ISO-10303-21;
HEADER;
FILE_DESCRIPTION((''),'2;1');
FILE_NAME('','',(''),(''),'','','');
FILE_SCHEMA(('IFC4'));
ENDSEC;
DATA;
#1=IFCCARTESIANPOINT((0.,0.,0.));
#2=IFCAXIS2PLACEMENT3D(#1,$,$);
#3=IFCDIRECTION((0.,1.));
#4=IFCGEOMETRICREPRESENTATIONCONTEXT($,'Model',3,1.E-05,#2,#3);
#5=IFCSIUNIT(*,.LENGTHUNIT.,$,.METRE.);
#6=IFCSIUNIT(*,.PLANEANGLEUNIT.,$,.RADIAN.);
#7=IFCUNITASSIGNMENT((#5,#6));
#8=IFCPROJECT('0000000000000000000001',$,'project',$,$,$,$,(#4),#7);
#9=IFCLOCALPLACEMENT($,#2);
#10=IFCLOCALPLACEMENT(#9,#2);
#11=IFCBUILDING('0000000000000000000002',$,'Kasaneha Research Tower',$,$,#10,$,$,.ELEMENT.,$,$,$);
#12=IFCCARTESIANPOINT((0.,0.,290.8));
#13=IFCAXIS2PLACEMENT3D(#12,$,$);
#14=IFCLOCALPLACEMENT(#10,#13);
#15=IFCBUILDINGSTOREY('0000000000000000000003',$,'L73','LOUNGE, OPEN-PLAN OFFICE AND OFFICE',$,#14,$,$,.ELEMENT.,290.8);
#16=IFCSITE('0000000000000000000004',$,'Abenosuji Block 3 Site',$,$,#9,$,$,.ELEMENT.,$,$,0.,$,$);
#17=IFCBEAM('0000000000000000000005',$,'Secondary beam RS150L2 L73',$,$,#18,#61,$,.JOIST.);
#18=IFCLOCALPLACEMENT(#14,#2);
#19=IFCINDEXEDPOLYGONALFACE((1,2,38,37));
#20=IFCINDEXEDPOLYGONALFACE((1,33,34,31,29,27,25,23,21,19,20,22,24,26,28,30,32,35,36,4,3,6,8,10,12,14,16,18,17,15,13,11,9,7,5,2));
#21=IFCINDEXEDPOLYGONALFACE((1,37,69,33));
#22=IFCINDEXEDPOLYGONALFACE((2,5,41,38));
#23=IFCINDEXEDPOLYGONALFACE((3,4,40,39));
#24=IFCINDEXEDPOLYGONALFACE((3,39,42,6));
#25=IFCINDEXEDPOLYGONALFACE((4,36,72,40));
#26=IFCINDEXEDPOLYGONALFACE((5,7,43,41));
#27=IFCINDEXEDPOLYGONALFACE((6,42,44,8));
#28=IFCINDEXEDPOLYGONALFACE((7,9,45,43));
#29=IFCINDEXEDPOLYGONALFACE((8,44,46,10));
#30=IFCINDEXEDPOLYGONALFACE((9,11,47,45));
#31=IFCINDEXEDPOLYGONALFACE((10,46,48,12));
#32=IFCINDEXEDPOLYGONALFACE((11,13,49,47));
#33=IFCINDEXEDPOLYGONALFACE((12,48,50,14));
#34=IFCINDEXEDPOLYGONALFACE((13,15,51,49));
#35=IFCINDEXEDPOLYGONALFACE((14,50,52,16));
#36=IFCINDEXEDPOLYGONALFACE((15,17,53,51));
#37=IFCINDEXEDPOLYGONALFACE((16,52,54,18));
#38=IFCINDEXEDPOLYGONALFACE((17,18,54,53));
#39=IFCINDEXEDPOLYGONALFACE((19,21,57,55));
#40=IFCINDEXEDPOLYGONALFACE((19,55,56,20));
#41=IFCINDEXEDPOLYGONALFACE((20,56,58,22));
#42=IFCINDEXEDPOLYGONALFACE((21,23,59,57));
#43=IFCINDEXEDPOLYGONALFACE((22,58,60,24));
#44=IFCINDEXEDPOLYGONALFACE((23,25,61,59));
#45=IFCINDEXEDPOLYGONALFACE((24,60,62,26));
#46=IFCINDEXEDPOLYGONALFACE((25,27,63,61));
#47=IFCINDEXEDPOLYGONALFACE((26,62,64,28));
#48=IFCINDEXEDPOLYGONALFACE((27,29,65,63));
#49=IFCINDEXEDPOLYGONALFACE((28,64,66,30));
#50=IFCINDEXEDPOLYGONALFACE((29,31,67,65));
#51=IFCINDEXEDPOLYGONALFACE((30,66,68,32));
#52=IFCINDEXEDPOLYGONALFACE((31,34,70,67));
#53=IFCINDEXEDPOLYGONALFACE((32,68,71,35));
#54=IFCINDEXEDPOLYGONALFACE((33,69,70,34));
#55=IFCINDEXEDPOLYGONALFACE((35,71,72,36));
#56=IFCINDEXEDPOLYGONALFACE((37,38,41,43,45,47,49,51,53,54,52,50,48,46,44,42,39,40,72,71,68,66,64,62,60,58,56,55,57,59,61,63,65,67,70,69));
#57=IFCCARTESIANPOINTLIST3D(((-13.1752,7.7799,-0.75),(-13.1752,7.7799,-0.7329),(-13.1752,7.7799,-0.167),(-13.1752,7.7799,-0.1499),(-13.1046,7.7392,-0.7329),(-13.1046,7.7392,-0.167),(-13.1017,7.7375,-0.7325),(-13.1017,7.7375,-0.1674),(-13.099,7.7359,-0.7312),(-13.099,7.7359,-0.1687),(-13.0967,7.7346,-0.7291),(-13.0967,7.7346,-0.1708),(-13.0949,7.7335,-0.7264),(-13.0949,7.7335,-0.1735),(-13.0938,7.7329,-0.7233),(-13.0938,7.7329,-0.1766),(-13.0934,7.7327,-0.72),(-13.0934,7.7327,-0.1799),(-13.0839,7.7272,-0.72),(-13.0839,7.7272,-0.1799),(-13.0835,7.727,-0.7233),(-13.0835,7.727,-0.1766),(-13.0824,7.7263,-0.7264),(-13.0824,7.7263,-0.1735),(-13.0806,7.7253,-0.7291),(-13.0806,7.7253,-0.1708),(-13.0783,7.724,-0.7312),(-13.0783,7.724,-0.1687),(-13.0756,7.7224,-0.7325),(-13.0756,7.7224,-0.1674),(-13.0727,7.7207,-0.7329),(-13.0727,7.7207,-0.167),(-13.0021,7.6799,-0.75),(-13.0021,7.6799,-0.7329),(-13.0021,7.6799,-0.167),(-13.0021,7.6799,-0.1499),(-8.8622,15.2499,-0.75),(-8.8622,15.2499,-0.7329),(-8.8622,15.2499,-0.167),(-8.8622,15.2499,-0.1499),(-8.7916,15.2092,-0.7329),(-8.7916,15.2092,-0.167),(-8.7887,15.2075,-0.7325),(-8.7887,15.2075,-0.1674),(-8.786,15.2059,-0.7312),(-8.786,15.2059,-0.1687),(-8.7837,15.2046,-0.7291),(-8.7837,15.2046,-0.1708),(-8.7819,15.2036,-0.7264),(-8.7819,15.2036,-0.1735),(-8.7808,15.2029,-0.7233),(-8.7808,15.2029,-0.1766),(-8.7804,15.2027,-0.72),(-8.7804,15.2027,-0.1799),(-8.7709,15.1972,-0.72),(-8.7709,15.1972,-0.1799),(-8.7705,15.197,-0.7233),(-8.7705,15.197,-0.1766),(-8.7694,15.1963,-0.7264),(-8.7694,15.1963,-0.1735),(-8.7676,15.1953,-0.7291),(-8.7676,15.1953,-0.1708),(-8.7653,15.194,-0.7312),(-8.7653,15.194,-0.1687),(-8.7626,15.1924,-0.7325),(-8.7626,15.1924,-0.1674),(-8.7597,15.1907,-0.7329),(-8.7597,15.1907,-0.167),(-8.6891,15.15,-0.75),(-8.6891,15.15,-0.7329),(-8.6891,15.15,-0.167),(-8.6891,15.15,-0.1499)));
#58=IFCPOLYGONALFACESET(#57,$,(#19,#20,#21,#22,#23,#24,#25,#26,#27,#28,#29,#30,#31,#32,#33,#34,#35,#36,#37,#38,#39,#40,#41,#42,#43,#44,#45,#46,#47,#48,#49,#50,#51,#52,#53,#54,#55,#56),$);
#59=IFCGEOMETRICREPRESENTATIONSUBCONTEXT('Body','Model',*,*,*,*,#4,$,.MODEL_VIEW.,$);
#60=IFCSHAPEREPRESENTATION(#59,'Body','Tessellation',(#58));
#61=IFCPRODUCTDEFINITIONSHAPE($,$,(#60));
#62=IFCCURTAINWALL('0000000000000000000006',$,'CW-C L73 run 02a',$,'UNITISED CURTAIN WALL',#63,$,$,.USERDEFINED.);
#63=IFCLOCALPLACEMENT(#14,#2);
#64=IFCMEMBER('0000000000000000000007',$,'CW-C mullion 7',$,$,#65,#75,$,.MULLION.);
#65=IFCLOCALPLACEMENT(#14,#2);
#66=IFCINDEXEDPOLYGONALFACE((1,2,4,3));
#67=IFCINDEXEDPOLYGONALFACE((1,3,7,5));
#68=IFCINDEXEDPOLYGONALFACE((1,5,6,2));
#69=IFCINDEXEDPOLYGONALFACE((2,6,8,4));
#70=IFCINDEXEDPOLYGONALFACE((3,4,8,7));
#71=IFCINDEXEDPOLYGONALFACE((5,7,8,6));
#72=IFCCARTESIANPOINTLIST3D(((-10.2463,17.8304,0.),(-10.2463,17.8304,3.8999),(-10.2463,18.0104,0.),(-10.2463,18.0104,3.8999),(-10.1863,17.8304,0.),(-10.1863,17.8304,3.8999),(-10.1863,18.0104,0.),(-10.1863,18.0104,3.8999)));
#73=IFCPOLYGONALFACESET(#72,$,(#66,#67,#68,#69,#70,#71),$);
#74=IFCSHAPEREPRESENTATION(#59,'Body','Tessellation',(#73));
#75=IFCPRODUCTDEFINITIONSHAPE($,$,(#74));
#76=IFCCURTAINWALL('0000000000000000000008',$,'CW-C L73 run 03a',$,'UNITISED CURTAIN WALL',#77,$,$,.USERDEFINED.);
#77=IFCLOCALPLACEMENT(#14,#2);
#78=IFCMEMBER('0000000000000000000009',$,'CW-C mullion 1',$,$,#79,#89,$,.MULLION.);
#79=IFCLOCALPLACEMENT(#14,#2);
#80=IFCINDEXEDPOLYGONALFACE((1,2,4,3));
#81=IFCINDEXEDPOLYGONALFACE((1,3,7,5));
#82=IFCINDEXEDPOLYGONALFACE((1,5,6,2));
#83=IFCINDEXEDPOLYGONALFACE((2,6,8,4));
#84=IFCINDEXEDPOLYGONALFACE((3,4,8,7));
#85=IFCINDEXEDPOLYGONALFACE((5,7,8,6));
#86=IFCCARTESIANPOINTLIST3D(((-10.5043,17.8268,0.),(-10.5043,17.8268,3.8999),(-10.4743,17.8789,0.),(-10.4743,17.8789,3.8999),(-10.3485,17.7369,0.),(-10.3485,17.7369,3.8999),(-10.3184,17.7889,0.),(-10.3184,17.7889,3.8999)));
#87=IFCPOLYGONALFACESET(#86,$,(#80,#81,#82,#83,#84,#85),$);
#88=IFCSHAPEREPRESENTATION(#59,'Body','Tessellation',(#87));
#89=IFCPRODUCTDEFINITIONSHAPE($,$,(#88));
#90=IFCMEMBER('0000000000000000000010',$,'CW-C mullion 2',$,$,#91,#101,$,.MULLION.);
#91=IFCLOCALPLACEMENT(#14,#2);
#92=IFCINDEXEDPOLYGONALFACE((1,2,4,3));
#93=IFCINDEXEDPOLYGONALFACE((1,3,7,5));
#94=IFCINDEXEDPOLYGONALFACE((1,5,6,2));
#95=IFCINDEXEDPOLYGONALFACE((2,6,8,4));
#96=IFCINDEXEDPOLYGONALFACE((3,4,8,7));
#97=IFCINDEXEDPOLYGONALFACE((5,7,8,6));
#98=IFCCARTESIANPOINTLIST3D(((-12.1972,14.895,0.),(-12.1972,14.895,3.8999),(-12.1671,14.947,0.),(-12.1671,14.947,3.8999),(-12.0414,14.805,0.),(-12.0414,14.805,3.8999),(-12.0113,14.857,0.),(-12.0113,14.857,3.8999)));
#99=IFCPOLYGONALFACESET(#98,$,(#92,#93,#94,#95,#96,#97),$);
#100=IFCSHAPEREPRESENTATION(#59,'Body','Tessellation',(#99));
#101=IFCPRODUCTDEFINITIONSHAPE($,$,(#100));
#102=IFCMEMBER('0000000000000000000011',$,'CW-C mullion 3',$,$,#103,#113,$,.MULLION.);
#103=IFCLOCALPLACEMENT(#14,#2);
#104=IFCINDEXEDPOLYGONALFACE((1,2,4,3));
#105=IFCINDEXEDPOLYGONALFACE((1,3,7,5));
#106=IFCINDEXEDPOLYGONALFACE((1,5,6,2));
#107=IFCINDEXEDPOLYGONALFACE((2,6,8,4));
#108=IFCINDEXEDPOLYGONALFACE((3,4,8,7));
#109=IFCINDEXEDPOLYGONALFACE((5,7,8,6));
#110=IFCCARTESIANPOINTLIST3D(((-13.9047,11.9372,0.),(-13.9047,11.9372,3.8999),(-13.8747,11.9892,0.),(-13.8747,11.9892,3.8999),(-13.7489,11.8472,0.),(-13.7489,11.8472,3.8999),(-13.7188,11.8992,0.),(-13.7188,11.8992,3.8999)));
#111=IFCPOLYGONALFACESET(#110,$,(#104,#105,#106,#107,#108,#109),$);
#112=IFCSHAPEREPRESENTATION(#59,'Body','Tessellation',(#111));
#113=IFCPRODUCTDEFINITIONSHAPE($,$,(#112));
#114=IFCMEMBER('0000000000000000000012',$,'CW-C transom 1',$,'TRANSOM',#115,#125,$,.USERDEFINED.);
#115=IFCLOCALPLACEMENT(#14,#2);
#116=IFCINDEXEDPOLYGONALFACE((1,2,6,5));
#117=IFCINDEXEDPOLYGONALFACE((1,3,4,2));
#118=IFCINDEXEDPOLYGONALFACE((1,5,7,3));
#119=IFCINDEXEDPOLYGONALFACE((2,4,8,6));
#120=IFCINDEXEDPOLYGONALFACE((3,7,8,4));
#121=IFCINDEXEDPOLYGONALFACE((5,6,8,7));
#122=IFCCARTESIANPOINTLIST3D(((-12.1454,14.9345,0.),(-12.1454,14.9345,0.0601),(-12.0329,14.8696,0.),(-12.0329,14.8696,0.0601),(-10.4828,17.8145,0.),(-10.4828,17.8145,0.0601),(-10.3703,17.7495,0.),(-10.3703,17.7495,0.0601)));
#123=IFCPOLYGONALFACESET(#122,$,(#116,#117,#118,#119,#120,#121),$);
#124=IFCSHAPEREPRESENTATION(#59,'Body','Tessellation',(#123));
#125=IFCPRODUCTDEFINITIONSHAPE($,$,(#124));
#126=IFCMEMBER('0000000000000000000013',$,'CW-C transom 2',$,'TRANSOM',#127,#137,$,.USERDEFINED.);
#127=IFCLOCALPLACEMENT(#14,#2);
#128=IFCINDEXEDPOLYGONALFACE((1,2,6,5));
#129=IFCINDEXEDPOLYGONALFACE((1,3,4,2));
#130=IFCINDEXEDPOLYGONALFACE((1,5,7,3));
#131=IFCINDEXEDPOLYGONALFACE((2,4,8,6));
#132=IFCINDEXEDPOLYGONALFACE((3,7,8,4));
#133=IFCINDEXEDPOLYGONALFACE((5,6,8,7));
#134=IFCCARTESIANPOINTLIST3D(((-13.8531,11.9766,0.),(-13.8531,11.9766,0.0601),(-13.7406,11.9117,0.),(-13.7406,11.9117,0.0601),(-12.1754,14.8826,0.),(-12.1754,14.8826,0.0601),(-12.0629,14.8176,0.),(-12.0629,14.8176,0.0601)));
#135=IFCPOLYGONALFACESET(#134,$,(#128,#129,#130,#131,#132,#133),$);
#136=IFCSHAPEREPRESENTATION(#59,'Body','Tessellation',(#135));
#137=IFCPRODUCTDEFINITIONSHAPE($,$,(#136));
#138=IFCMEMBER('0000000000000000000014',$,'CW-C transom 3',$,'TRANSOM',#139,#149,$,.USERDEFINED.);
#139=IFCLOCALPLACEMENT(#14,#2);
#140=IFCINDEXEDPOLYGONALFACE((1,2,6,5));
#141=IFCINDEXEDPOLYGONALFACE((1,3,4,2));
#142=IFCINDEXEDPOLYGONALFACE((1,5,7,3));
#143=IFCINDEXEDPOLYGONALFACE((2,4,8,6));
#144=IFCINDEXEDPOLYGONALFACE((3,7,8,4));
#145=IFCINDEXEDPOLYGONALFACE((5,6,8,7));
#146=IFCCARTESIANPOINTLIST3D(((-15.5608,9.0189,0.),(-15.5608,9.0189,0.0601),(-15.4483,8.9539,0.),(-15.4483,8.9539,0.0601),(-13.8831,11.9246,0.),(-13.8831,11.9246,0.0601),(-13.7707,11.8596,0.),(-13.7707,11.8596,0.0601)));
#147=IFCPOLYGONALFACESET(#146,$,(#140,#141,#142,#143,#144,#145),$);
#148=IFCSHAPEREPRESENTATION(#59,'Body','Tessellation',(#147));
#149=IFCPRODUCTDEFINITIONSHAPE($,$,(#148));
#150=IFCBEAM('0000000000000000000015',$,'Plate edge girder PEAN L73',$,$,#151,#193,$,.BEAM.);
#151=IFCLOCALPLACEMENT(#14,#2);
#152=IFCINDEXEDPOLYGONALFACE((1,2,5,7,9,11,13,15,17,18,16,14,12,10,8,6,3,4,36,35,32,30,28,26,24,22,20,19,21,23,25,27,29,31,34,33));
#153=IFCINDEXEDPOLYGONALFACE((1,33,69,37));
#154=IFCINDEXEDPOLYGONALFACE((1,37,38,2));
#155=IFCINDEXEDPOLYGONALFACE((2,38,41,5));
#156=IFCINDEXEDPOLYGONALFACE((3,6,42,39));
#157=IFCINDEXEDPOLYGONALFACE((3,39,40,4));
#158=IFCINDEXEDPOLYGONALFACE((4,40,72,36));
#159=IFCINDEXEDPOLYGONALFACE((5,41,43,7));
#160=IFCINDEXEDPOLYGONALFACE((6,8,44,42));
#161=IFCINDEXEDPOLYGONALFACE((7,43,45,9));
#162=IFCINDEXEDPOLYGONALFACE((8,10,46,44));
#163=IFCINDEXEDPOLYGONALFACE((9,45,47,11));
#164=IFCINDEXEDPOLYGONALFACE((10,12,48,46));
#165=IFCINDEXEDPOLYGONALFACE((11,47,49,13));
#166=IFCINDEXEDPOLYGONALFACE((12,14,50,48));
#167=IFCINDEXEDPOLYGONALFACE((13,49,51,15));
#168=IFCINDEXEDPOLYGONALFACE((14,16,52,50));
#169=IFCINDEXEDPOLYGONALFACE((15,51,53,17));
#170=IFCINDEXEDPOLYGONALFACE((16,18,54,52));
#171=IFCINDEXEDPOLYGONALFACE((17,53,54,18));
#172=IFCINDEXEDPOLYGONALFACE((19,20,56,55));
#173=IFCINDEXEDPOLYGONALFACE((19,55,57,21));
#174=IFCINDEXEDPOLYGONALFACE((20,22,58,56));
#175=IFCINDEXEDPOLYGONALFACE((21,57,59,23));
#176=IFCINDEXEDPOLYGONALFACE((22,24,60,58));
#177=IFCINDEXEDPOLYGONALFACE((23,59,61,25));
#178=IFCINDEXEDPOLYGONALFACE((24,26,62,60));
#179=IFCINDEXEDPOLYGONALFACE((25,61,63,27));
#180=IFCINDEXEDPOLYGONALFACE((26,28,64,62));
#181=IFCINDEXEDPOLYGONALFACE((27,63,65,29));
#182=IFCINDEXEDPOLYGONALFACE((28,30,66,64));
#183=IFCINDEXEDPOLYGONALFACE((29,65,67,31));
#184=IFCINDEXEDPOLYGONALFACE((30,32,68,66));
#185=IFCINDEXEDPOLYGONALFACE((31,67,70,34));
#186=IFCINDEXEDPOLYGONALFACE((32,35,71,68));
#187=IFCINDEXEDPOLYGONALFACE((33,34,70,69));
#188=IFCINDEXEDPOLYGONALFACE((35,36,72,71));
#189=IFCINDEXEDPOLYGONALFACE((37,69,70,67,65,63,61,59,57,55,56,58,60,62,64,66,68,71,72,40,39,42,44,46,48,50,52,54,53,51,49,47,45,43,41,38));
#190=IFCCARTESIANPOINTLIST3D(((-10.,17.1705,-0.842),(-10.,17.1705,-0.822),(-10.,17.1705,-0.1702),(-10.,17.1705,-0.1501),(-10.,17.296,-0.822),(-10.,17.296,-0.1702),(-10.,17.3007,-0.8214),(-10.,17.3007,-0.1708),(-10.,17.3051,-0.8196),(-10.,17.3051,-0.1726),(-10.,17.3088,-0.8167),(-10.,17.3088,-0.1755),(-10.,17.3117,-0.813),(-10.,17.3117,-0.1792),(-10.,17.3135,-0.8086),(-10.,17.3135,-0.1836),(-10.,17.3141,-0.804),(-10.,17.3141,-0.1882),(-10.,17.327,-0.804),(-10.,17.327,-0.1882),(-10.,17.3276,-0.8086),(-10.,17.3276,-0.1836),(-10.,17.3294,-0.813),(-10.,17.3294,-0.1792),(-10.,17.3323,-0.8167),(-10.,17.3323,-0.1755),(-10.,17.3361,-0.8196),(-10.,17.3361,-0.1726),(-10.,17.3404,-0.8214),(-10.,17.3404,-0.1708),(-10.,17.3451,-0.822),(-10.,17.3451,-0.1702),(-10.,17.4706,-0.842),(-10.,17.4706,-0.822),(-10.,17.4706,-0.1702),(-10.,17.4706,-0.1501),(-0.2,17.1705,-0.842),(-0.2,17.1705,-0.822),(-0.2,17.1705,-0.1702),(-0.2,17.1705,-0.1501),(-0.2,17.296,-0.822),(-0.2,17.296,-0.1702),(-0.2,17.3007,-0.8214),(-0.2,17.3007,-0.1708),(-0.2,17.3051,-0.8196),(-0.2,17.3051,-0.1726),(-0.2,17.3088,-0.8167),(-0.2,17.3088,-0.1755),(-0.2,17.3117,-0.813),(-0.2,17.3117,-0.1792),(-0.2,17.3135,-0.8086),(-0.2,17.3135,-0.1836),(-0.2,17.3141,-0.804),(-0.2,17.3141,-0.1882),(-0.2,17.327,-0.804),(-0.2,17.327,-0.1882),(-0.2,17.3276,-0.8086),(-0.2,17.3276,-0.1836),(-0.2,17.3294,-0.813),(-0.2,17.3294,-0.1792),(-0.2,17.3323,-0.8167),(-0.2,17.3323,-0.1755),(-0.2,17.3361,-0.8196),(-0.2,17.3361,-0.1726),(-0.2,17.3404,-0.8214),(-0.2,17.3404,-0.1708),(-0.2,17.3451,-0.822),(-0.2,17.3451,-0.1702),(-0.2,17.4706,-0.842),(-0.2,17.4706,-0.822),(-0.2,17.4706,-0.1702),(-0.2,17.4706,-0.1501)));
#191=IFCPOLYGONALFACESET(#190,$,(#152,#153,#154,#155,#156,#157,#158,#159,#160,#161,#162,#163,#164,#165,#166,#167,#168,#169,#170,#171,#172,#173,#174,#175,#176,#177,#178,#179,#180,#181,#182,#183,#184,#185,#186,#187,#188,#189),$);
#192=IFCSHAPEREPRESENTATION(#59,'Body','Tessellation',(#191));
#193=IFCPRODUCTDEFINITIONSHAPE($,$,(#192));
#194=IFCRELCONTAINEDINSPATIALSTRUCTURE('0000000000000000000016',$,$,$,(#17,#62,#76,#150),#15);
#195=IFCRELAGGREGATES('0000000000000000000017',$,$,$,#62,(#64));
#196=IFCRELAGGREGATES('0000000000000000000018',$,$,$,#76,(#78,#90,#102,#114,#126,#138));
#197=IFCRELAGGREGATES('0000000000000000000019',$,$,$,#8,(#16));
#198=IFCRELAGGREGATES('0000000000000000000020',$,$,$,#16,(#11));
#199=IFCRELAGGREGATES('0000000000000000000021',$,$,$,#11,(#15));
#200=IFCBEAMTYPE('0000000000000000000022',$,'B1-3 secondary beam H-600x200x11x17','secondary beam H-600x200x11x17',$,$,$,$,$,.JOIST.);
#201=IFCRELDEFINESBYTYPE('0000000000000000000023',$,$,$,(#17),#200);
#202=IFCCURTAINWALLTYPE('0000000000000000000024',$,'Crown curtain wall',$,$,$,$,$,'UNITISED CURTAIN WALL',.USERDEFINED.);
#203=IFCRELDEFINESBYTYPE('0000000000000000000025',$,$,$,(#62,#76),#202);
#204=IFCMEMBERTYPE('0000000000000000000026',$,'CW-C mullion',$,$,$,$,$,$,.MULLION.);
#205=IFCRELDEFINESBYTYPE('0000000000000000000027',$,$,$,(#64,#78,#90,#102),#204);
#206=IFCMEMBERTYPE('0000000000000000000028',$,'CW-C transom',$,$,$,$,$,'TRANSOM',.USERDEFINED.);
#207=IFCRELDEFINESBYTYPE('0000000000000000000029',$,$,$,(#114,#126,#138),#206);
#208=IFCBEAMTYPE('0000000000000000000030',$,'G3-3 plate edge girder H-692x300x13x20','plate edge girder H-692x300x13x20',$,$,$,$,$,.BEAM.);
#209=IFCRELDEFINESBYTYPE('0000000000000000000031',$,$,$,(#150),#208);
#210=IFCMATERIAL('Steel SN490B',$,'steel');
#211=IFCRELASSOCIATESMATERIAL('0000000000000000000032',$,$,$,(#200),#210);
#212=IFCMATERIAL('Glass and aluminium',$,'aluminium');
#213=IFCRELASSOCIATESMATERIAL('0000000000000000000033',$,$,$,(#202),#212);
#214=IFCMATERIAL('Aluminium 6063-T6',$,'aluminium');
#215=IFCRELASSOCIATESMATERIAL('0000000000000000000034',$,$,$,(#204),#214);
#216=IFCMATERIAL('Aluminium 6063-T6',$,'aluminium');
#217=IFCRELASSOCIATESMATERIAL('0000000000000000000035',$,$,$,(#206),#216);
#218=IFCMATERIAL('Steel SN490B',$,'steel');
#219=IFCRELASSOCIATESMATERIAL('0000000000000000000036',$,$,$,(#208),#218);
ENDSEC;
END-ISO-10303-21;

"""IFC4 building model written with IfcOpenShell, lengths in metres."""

from ifc_helpers import new_model, si_unit, direction, frame, origin, origin_2d, place, context, subcontext, project, spatial, rectangle, i_section, extrude, material, material_profile, profile_set, type_object, element, aggregate, save


model = new_model("IFC4")

# Units and contexts
model_context = context("Model", 3, precision=1e-05, world=origin(), true_north=direction((0.0, 1.0)))
body_context = subcontext(model_context, "Body", "Model", "MODEL_VIEW")
ifc_project = project(units=[si_unit("LENGTHUNIT", "METRE"), si_unit("PLANEANGLEUNIT", "RADIAN")], contexts=[model_context])

# Site, building, storey
site_placement = place(None, origin())
site = spatial("IfcSite", under=ifc_project, at=site_placement, Name="Abenosuji Block 3 Site", CompositionType="ELEMENT", RefElevation=0.0)
building_placement = place(site_placement, origin())
building = spatial("IfcBuilding", under=site, at=building_placement, Name="Kasaneha Research Tower", CompositionType="ELEMENT")
storey_placement = place(building_placement, frame((0.0, 0.0, 290.8)))
storey = spatial("IfcBuildingStorey", under=building, at=storey_placement, Name="L73", Description="LOUNGE, OPEN-PLAN OFFICE AND OFFICE", CompositionType="ELEMENT", Elevation=290.8)

# Beam
ifc_material_1 = material(Name="Steel SN490B", Category="steel")
ifc_material_profile_1 = material_profile(ifc_material_1, i_section(OverallWidth=0.2, OverallDepth=0.6001, WebThickness=0.011, FlangeThickness=0.0171, FilletRadius=0.0129, at=origin_2d()), Name="H-600x200x11x17")
ifc_profile_set_1 = profile_set([ifc_material_profile_1], Name="Steel SN490B")
beam_type_1 = type_object("IfcBeamType", Name="B1-3 secondary beam H-600x200x11x17", Description="secondary beam H-600x200x11x17", PredefinedType="JOIST", material=ifc_profile_set_1)
beam_1_placement = place(storey_placement, frame((-8.7756, 15.2, -0.45), z_axis=(-0.500017, -0.866015, 0.0), x_axis=(0.866015, -0.500017, 0.0)))
element("IfcBeam", 1, at=beam_1_placement, inside=storey, type_object=beam_type_1, Name="Secondary beam RS150L2 L73", PredefinedType="JOIST", context=body_context, shape_type="SweptSolid", body=[
    extrude(i_section(OverallWidth=0.2, OverallDepth=0.6001, WebThickness=0.011, FlangeThickness=0.0171, FilletRadius=0.0129, at=origin_2d()), origin(), (0.0, 0.0, 1.0), 8.6257),
])

# Curtain wall, member
ifc_material_2 = material(Name="Glass and aluminium", Category="aluminium")
curtain_wall_type = type_object("IfcCurtainWallType", Name="Crown curtain wall", ElementType="UNITISED CURTAIN WALL", PredefinedType="USERDEFINED", material=ifc_material_2)
curtain_wall_1_placement = place(storey_placement, origin())
curtain_wall_1 = element("IfcCurtainWall", 2, at=curtain_wall_1_placement, inside=storey, type_object=curtain_wall_type, Name="CW-C L73 run 02a", ObjectType="UNITISED CURTAIN WALL", PredefinedType="USERDEFINED")
ifc_material_3 = material(Name="Aluminium 6063-T6", Category="aluminium")
ifc_material_profile_2 = material_profile(ifc_material_3, rectangle(XDim=0.0601, YDim=0.1799, at=origin_2d()), Name="CW-C mullion 60x180")
ifc_profile_set_2 = profile_set([ifc_material_profile_2], Name="Aluminium 6063-T6")
member_type_1 = type_object("IfcMemberType", Name="CW-C mullion", PredefinedType="MULLION", material=ifc_profile_set_2)
member_1_placement = place(storey_placement, frame((-10.2163, 17.9204, 0.0), z_axis=(0.0, 0.0, 1.0), x_axis=(-1.0, 0.0, 0.0)))
member_1 = element("IfcMember", 3, at=member_1_placement, type_object=member_type_1, Name="CW-C mullion 7", PredefinedType="MULLION", context=body_context, shape_type="SweptSolid", body=[
    extrude(rectangle(XDim=0.0601, YDim=0.1799, at=origin_2d()), origin(), (0.0, 0.0, 1.0), 3.8999),
])

# Curtain wall, members
curtain_wall_2_placement = place(storey_placement, origin())
curtain_wall_2 = element("IfcCurtainWall", 4, at=curtain_wall_2_placement, inside=storey, type_object=curtain_wall_type, Name="CW-C L73 run 03a", ObjectType="UNITISED CURTAIN WALL", PredefinedType="USERDEFINED")
member_2_placement = place(storey_placement, frame((-10.4114, 17.8079, 0.0), z_axis=(0.0, 0.0, 1.0), x_axis=(-0.5, -0.866025, 0.0)))
member_2 = element("IfcMember", 5, at=member_2_placement, type_object=member_type_1, Name="CW-C mullion 1", PredefinedType="MULLION", context=body_context, shape_type="SweptSolid", body=[
    extrude(rectangle(XDim=0.0601, YDim=0.1799, at=origin_2d()), origin(), (0.0, 0.0, 1.0), 3.8999),
])
member_3_placement = place(storey_placement, frame((-12.1042, 14.876, 0.0), z_axis=(0.0, 0.0, 1.0), x_axis=(-0.5, -0.866025, 0.0)))
member_3 = element("IfcMember", 6, at=member_3_placement, type_object=member_type_1, Name="CW-C mullion 2", PredefinedType="MULLION", context=body_context, shape_type="SweptSolid", body=[
    extrude(rectangle(XDim=0.0601, YDim=0.1799, at=origin_2d()), origin(), (0.0, 0.0, 1.0), 3.8999),
])
member_4_placement = place(storey_placement, frame((-13.8118, 11.9182, 0.0), z_axis=(0.0, 0.0, 1.0), x_axis=(-0.5, -0.866025, 0.0)))
member_4 = element("IfcMember", 7, at=member_4_placement, type_object=member_type_1, Name="CW-C mullion 3", PredefinedType="MULLION", context=body_context, shape_type="SweptSolid", body=[
    extrude(rectangle(XDim=0.0601, YDim=0.1799, at=origin_2d()), origin(), (0.0, 0.0, 1.0), 3.8999),
])
ifc_material_4 = material(Name="Aluminium 6063-T6", Category="aluminium")
ifc_material_profile_3 = material_profile(ifc_material_4, rectangle(XDim=0.1299, YDim=0.0601, at=origin_2d()), Name="CW-C transom 130x60")
ifc_profile_set_3 = profile_set([ifc_material_profile_3], Name="Aluminium 6063-T6")
member_type_2 = type_object("IfcMemberType", Name="CW-C transom", ElementType="TRANSOM", PredefinedType="USERDEFINED", material=ifc_profile_set_3)
member_5_placement = place(storey_placement, frame((-10.4265, 17.782, 0.03), z_axis=(-0.499977, -0.866039, 0.0), x_axis=(0.866039, -0.499977, 0.0)))
member_5 = element("IfcMember", 8, at=member_5_placement, type_object=member_type_2, Name="CW-C transom 1", ObjectType="TRANSOM", PredefinedType="USERDEFINED", context=body_context, shape_type="SweptSolid", body=[
    extrude(rectangle(XDim=0.1299, YDim=0.0601, at=origin_2d()), origin(), (0.0, 0.0, 1.0), 3.3254),
])
member_6_placement = place(storey_placement, frame((-12.1191, 14.8501, 0.03), z_axis=(-0.499989, -0.866032, 0.0), x_axis=(0.866032, -0.499989, 0.0)))
member_6 = element("IfcMember", 9, at=member_6_placement, type_object=member_type_2, Name="CW-C transom 2", ObjectType="TRANSOM", PredefinedType="USERDEFINED", context=body_context, shape_type="SweptSolid", body=[
    extrude(rectangle(XDim=0.1299, YDim=0.0601, at=origin_2d()), origin(), (0.0, 0.0, 1.0), 3.3555),
])
member_7_placement = place(storey_placement, frame((-13.8269, 11.8921, 0.03), z_axis=(-0.500021, -0.866014, 0.0), x_axis=(0.866014, -0.500021, 0.0)))
member_7 = element("IfcMember", 10, at=member_7_placement, type_object=member_type_2, Name="CW-C transom 3", ObjectType="TRANSOM", PredefinedType="USERDEFINED", context=body_context, shape_type="SweptSolid", body=[
    extrude(rectangle(XDim=0.1299, YDim=0.0601, at=origin_2d()), origin(), (0.0, 0.0, 1.0), 3.3552),
])

# Beam
ifc_material_5 = material(Name="Steel SN490B", Category="steel")
ifc_material_profile_4 = material_profile(ifc_material_5, i_section(OverallWidth=0.3, OverallDepth=0.6919, WebThickness=0.0129, FlangeThickness=0.02, FilletRadius=0.0181, at=origin_2d()), Name="H-692x300x13x20")
ifc_profile_set_4 = profile_set([ifc_material_profile_4], Name="Steel SN490B")
beam_type_2 = type_object("IfcBeamType", Name="G3-3 plate edge girder H-692x300x13x20", Description="plate edge girder H-692x300x13x20", PredefinedType="BEAM", material=ifc_profile_set_4)
beam_2_placement = place(storey_placement, frame((-10.0, 17.3206, -0.4961), z_axis=(1.0, 0.0, 0.0), x_axis=(0.0, 1.0, 0.0)))
element("IfcBeam", 11, at=beam_2_placement, inside=storey, type_object=beam_type_2, Name="Plate edge girder PEAN L73", PredefinedType="BEAM", context=body_context, shape_type="SweptSolid", body=[
    extrude(i_section(OverallWidth=0.3, OverallDepth=0.6919, WebThickness=0.0129, FlangeThickness=0.02, FilletRadius=0.0181, at=origin_2d()), origin(), (0.0, 0.0, 1.0), 9.8),
])

aggregate(curtain_wall_1, [member_1])
aggregate(curtain_wall_2, [member_2, member_3, member_4, member_5, member_6, member_7])

save(model, "model.ifc")
